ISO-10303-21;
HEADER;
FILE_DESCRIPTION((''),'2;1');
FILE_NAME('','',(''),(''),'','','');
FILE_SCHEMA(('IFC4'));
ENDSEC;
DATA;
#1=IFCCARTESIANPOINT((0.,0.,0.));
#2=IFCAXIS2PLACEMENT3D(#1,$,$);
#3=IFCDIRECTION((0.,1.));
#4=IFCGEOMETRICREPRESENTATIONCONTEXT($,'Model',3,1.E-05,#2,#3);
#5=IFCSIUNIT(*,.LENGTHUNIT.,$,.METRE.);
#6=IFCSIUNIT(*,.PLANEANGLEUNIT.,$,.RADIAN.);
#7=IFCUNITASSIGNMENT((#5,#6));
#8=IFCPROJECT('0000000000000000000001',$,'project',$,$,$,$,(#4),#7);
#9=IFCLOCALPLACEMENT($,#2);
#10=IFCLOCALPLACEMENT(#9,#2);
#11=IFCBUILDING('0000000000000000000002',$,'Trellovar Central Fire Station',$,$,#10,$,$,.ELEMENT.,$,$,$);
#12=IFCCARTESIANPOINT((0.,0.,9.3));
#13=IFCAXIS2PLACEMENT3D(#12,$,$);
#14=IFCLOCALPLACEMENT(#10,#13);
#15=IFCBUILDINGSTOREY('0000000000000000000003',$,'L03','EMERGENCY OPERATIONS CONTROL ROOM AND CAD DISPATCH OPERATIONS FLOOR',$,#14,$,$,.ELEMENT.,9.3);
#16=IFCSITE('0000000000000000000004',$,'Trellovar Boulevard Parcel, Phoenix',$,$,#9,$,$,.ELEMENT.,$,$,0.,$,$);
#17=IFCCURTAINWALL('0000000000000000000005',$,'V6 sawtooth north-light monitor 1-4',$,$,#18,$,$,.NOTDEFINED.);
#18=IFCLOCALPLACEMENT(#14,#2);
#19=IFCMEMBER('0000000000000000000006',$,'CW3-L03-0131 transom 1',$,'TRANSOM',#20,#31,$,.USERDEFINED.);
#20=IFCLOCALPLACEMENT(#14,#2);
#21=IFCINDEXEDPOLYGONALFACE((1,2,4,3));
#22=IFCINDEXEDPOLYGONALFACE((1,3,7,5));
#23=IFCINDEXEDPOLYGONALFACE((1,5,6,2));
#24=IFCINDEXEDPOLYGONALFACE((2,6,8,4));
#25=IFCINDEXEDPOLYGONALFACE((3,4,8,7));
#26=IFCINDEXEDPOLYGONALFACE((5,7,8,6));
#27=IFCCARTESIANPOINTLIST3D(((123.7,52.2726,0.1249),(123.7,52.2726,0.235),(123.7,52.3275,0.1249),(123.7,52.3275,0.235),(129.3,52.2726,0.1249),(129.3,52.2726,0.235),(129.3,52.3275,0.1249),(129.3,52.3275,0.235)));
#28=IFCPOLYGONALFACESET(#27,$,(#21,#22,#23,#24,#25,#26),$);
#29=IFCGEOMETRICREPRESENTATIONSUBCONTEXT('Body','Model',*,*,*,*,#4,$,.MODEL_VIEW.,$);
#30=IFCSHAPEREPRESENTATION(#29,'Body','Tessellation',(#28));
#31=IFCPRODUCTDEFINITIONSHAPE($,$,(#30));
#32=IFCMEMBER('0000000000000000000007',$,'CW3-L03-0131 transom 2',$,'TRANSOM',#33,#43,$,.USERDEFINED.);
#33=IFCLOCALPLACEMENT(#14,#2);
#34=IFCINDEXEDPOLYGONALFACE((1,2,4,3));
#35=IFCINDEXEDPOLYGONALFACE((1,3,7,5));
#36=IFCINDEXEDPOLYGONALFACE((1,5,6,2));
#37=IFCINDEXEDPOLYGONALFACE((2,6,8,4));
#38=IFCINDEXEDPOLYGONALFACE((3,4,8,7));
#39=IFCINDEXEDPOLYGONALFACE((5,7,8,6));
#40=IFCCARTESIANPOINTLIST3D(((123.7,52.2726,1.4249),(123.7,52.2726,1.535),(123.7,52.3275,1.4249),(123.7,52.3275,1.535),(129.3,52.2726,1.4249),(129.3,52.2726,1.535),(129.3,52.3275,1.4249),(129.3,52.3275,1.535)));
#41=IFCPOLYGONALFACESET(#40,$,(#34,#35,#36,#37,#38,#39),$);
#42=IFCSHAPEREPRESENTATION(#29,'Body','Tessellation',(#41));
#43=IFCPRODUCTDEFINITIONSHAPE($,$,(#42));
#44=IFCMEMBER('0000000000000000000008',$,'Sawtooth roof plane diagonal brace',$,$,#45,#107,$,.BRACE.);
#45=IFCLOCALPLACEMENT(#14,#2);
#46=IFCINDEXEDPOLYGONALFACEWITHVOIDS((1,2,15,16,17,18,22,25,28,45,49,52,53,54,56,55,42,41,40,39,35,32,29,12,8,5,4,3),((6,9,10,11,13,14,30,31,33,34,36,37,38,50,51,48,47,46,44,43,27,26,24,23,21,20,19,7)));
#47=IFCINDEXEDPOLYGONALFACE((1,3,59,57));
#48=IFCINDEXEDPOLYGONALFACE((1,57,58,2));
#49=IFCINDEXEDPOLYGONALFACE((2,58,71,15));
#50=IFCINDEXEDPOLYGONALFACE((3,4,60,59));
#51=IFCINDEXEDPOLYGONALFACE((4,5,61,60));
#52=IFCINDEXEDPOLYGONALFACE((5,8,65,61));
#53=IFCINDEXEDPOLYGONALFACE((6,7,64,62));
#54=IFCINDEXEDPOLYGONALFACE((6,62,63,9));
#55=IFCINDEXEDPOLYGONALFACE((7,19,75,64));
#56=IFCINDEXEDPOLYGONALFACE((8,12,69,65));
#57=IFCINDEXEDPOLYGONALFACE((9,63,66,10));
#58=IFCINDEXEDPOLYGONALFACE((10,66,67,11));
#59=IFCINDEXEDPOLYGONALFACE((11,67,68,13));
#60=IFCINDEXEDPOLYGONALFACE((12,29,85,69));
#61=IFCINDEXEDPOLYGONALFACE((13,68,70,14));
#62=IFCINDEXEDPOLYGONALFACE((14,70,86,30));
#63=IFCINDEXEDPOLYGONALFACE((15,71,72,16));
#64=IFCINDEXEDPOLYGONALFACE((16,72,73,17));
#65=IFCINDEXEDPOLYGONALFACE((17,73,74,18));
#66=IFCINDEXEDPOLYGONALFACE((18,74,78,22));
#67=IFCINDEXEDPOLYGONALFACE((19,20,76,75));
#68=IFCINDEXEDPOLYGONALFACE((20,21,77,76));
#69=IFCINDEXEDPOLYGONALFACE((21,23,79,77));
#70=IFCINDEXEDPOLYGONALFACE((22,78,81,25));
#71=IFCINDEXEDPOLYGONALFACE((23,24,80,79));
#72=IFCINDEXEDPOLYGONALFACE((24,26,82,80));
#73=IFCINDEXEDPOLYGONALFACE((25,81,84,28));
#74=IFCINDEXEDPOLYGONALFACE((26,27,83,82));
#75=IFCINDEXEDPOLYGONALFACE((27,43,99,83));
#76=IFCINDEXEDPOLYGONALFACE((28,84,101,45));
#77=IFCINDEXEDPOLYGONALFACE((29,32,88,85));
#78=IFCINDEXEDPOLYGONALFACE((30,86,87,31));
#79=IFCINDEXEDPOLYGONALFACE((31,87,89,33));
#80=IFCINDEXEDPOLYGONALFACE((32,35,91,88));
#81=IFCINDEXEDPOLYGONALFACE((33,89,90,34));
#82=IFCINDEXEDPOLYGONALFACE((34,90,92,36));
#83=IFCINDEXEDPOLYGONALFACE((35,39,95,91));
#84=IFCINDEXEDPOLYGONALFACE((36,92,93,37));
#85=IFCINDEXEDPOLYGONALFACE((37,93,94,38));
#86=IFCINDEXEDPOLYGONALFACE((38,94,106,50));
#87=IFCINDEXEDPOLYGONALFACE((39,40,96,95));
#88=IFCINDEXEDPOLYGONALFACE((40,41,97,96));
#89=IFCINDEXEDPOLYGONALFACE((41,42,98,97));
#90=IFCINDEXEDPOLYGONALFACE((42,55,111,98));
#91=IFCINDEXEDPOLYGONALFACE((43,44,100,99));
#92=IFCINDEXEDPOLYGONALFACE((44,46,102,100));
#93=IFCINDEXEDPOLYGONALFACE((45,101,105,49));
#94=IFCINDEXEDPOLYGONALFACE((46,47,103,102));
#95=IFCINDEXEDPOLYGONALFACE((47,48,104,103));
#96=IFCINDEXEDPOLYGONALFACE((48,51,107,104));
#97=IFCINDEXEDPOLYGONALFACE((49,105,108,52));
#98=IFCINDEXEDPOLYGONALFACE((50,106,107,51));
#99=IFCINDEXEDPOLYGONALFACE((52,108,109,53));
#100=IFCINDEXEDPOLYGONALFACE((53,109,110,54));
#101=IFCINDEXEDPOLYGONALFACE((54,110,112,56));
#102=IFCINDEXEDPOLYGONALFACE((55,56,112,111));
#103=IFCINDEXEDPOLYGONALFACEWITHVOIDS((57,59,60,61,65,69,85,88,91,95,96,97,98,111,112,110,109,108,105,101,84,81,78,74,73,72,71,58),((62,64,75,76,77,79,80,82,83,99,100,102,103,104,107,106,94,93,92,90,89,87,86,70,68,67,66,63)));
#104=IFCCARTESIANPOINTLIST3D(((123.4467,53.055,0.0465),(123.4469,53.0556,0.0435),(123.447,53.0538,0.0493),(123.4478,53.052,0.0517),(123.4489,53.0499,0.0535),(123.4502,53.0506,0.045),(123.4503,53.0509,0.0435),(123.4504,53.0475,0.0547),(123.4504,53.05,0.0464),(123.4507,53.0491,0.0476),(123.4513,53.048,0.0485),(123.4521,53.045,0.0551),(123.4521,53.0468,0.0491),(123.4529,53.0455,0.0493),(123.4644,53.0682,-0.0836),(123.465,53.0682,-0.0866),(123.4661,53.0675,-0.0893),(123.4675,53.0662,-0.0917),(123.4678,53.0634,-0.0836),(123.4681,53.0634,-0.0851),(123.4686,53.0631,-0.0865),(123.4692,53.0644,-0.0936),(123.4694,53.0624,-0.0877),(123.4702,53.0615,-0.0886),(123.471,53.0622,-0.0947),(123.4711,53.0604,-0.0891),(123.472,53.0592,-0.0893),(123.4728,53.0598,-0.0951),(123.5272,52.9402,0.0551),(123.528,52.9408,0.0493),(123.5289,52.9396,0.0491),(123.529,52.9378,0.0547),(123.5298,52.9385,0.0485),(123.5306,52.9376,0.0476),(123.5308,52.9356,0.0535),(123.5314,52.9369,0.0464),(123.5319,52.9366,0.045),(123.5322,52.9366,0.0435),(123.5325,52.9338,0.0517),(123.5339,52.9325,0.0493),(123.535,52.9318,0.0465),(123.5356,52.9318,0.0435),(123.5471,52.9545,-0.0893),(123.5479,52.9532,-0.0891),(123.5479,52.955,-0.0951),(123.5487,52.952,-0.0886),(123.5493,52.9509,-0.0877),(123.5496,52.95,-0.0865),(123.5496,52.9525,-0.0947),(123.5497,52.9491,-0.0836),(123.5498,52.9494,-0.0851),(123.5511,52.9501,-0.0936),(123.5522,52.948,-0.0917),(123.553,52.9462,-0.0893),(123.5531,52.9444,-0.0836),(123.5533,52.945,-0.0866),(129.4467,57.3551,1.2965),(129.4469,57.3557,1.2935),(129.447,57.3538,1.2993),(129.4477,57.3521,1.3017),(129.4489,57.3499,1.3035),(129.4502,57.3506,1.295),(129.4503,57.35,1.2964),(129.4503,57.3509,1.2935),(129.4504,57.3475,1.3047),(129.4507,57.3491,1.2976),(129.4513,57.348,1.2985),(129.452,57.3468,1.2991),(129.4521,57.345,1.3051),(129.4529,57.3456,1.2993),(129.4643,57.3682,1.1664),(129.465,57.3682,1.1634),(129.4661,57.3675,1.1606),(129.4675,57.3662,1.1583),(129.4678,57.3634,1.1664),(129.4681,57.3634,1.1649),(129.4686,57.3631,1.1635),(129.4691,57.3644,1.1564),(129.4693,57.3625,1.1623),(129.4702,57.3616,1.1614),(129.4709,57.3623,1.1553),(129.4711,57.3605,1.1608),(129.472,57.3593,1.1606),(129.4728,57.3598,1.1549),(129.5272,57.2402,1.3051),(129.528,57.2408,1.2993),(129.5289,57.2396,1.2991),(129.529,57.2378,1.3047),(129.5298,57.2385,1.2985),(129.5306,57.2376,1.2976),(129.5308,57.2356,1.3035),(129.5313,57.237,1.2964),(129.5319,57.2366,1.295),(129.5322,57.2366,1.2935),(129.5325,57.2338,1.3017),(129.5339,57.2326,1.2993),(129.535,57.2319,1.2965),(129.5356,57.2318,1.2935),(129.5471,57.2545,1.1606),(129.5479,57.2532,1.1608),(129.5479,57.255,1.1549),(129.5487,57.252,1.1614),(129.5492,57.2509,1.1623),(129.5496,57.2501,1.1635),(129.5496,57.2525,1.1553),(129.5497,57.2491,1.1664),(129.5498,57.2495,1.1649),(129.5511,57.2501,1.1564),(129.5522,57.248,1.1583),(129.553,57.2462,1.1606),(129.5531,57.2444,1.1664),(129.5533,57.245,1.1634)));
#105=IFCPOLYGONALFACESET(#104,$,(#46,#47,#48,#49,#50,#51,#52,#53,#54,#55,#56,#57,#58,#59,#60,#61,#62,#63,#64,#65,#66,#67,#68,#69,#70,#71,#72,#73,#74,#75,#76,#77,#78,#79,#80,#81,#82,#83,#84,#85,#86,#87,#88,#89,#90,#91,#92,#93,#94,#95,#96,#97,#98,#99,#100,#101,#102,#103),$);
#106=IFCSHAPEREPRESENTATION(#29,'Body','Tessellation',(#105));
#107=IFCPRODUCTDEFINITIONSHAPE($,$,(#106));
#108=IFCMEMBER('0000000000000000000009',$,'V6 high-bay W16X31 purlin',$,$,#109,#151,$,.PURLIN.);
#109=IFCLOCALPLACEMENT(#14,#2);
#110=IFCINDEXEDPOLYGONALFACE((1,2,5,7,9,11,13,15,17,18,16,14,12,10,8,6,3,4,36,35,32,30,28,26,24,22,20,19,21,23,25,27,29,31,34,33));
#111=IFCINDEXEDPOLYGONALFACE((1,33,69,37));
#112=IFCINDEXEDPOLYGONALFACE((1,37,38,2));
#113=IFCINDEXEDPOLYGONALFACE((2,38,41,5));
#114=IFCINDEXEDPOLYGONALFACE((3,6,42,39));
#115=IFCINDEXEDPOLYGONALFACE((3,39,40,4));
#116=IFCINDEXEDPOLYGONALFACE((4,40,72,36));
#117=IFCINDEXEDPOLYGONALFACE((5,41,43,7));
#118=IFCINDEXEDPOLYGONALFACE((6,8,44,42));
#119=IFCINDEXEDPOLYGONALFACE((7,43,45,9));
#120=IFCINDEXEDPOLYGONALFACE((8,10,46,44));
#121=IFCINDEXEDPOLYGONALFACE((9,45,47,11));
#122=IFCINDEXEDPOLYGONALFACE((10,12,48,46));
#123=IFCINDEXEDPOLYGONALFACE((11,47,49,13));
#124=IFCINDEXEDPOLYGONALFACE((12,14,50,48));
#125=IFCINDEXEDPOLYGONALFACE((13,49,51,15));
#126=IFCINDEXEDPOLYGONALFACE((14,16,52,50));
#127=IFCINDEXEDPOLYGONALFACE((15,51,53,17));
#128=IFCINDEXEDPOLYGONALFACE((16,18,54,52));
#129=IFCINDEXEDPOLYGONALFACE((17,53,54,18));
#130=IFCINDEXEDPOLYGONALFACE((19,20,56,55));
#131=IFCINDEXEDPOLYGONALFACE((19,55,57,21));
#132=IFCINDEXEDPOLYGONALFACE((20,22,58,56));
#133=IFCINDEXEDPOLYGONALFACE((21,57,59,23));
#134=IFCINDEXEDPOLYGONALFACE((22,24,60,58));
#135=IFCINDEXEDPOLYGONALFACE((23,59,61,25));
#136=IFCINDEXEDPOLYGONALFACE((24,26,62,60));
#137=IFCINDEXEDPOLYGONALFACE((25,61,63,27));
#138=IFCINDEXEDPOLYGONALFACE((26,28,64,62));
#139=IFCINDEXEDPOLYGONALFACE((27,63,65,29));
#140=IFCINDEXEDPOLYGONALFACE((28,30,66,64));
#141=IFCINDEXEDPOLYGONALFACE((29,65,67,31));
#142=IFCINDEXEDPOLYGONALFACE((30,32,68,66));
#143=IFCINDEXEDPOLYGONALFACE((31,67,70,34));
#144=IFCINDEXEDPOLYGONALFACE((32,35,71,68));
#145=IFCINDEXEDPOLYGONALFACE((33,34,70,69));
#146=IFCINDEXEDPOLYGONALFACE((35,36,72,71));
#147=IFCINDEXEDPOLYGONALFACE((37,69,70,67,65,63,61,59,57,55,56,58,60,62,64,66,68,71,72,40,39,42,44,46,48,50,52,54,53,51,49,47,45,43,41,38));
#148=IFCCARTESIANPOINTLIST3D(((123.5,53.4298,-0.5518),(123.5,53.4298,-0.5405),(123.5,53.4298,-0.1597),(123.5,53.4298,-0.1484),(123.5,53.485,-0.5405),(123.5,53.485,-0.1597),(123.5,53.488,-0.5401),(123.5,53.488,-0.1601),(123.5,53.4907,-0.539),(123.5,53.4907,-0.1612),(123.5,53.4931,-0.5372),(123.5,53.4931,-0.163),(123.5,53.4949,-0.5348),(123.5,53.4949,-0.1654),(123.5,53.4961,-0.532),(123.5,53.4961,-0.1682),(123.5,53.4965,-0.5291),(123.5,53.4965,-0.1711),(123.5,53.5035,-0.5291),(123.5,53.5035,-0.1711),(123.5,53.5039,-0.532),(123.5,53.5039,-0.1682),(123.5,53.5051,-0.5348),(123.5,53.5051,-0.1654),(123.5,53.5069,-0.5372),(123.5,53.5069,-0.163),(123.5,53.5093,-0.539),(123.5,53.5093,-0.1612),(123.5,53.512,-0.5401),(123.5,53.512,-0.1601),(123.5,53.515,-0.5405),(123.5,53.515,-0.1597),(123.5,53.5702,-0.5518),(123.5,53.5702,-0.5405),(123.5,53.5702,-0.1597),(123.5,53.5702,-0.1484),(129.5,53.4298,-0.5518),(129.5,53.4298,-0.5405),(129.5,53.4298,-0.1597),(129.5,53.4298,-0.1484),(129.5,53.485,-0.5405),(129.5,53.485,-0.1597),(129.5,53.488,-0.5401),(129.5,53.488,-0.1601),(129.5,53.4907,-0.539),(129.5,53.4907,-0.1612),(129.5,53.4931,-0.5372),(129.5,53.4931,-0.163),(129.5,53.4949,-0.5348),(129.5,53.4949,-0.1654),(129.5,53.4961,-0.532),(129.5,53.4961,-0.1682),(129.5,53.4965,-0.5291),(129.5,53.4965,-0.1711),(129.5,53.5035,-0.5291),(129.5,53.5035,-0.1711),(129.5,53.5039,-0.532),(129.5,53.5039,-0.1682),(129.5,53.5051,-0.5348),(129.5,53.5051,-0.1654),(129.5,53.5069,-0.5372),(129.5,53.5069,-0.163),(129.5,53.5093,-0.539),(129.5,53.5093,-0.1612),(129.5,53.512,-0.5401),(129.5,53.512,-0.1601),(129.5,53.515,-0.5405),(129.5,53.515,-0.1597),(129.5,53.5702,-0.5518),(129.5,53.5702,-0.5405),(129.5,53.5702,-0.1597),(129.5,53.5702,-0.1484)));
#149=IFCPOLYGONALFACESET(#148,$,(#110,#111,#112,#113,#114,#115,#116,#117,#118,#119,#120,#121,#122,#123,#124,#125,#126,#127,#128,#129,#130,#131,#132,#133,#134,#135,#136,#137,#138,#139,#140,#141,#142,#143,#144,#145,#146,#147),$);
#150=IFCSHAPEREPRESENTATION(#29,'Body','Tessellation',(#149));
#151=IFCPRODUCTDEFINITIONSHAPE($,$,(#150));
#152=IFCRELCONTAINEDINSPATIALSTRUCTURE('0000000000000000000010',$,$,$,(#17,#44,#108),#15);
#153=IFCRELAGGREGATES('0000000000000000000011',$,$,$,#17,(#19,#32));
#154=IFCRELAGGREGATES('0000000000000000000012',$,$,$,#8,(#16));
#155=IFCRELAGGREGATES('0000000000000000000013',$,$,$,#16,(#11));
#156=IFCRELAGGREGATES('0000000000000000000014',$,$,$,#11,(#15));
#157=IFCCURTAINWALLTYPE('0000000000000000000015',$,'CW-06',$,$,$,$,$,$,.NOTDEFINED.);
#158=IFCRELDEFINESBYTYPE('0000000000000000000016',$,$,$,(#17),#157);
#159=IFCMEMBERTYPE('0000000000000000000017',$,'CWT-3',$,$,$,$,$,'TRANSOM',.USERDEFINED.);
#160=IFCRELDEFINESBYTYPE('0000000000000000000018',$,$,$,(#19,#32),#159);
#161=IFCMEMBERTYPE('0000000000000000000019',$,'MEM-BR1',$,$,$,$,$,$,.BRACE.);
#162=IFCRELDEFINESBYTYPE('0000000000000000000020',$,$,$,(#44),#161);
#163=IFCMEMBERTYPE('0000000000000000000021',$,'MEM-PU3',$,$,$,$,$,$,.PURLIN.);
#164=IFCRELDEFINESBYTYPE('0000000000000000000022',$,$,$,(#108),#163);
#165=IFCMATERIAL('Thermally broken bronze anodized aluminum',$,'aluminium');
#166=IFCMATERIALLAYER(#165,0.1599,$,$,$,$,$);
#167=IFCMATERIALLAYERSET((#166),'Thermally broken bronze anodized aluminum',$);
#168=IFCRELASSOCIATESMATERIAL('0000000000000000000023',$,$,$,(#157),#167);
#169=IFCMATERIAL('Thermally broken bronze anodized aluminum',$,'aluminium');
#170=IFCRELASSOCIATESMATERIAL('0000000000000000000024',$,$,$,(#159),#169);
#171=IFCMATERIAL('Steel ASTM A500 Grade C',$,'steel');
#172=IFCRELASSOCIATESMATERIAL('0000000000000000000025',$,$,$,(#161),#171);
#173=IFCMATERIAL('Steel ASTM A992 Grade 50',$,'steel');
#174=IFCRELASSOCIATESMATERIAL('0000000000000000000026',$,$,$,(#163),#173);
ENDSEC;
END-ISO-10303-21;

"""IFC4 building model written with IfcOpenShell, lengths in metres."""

from ifc_helpers import new_model, si_unit, direction, frame, origin, origin_2d, place, context, subcontext, project, spatial, rectangle, hollow_rectangle, i_section, extrude, material, layer, layer_set, material_profile, profile_set, type_object, element, aggregate, save


model = new_model("IFC4")

# Units and contexts
model_context = context("Model", 3, precision=1e-05, world=origin(), true_north=direction((0.0, 1.0)))
body_context = subcontext(model_context, "Body", "Model", "MODEL_VIEW")
ifc_project = project(units=[si_unit("LENGTHUNIT", "METRE"), si_unit("PLANEANGLEUNIT", "RADIAN")], contexts=[model_context])

# Site, building, storey
site_placement = place(None, origin())
site = spatial("IfcSite", under=ifc_project, at=site_placement, Name="Trellovar Boulevard Parcel, Phoenix", CompositionType="ELEMENT", RefElevation=0.0)
building_placement = place(site_placement, origin())
building = spatial("IfcBuilding", under=site, at=building_placement, Name="Trellovar Central Fire Station", CompositionType="ELEMENT")
storey_placement = place(building_placement, frame((0.0, 0.0, 9.3)))
storey = spatial("IfcBuildingStorey", under=building, at=storey_placement, Name="L03", Description="EMERGENCY OPERATIONS CONTROL ROOM AND CAD DISPATCH OPERATIONS FLOOR", CompositionType="ELEMENT", Elevation=9.3)

# Shared definitions
ifc_material_1 = material(Name="Thermally broken bronze anodized aluminum", Category="aluminium")
ifc_layer_1 = layer(ifc_material_1, 0.1599)
ifc_layer_set_1 = layer_set([ifc_layer_1], Name="Thermally broken bronze anodized aluminum")
curtain_wall_type = type_object("IfcCurtainWallType", Name="CW-06", PredefinedType="NOTDEFINED", material=ifc_layer_set_1)

# Curtain wall
curtain_wall_1_placement = place(storey_placement, origin())
curtain_wall_1 = element("IfcCurtainWall", 1, at=curtain_wall_1_placement, inside=storey, type_object=curtain_wall_type, Name="V6 sawtooth north-light monitor 1-4", PredefinedType="NOTDEFINED")

# Members
ifc_material_2 = material(Name="Thermally broken bronze anodized aluminum", Category="aluminium")
ifc_material_profile_1 = material_profile(ifc_material_2, rectangle(XDim=0.0549, YDim=0.1101, at=origin_2d()), Name="ALU55X110")
ifc_profile_set_1 = profile_set([ifc_material_profile_1], Name="Thermally broken bronze anodized aluminum")
member_type_1 = type_object("IfcMemberType", Name="CWT-3", ElementType="TRANSOM", PredefinedType="USERDEFINED", material=ifc_profile_set_1)
member_1_placement = place(storey_placement, frame((129.3, 52.3, 0.1799), z_axis=(-1.0, 0.0, 0.0), x_axis=(0.0, -1.0, 0.0)))
member_1 = element("IfcMember", 2, at=member_1_placement, type_object=member_type_1, Name="CW3-L03-0131 transom 1", ObjectType="TRANSOM", PredefinedType="USERDEFINED", context=body_context, shape_type="SweptSolid", body=[
    extrude(rectangle(XDim=0.0549, YDim=0.1101, at=origin_2d()), origin(), (0.0, 0.0, 1.0), 5.6001),
])
member_2_placement = place(storey_placement, frame((129.3, 52.3, 1.48), z_axis=(-1.0, 0.0, 0.0), x_axis=(0.0, -1.0, 0.0)))
member_2 = element("IfcMember", 3, at=member_2_placement, type_object=member_type_1, Name="CW3-L03-0131 transom 2", ObjectType="TRANSOM", PredefinedType="USERDEFINED", context=body_context, shape_type="SweptSolid", body=[
    extrude(rectangle(XDim=0.0549, YDim=0.1101, at=origin_2d()), origin(), (0.0, 0.0, 1.0), 5.6001),
])

# Members
ifc_material_3 = material(Name="Steel ASTM A500 Grade C", Category="steel")
ifc_material_profile_2 = material_profile(ifc_material_3, hollow_rectangle(XDim=0.1523, YDim=0.1523, WallThickness=0.0059, InnerFilletRadius=0.0059, OuterFilletRadius=0.0117, at=origin_2d()), Name="HSS6X6X1/4")
ifc_profile_set_2 = profile_set([ifc_material_profile_2], Name="Steel ASTM A500 Grade C")
member_type_2 = type_object("IfcMemberType", Name="MEM-BR1", PredefinedType="BRACE", material=ifc_profile_set_2)
member_3_placement = place(storey_placement, frame((123.5, 53.0, -0.02), z_axis=(0.801405, 0.574347, 0.166959), x_axis=(-0.582523, 0.812814, 0.0)))
element("IfcMember", 4, at=member_3_placement, inside=storey, type_object=member_type_2, Name="Sawtooth roof plane diagonal brace", PredefinedType="BRACE", context=body_context, shape_type="SweptSolid", body=[
    extrude(hollow_rectangle(XDim=0.1523, YDim=0.1523, WallThickness=0.0059, InnerFilletRadius=0.0059, OuterFilletRadius=0.0117, at=origin_2d()), origin(), (0.0, 0.0, 1.0), 7.4868),
])
ifc_material_4 = material(Name="Steel ASTM A992 Grade 50", Category="steel")
ifc_material_profile_3 = material_profile(ifc_material_4, i_section(OverallWidth=0.1404, OverallDepth=0.4033, WebThickness=0.0071, FlangeThickness=0.0112, FilletRadius=0.0115, at=origin_2d()), Name="W16X31")
ifc_profile_set_3 = profile_set([ifc_material_profile_3], Name="Steel ASTM A992 Grade 50")
member_type_3 = type_object("IfcMemberType", Name="MEM-PU3", PredefinedType="PURLIN", material=ifc_profile_set_3)
member_4_placement = place(storey_placement, frame((123.5, 53.5, -0.3501), z_axis=(1.0, 0.0, 0.0), x_axis=(0.0, 1.0, 0.0)))
element("IfcMember", 5, at=member_4_placement, inside=storey, type_object=member_type_3, Name="V6 high-bay W16X31 purlin", PredefinedType="PURLIN", context=body_context, shape_type="SweptSolid", body=[
    extrude(i_section(OverallWidth=0.1404, OverallDepth=0.4033, WebThickness=0.0071, FlangeThickness=0.0112, FilletRadius=0.0115, at=origin_2d()), origin(), (0.0, 0.0, 1.0), 6.0),
])

aggregate(curtain_wall_1, [member_1, member_2])

save(model, "model.ifc")
